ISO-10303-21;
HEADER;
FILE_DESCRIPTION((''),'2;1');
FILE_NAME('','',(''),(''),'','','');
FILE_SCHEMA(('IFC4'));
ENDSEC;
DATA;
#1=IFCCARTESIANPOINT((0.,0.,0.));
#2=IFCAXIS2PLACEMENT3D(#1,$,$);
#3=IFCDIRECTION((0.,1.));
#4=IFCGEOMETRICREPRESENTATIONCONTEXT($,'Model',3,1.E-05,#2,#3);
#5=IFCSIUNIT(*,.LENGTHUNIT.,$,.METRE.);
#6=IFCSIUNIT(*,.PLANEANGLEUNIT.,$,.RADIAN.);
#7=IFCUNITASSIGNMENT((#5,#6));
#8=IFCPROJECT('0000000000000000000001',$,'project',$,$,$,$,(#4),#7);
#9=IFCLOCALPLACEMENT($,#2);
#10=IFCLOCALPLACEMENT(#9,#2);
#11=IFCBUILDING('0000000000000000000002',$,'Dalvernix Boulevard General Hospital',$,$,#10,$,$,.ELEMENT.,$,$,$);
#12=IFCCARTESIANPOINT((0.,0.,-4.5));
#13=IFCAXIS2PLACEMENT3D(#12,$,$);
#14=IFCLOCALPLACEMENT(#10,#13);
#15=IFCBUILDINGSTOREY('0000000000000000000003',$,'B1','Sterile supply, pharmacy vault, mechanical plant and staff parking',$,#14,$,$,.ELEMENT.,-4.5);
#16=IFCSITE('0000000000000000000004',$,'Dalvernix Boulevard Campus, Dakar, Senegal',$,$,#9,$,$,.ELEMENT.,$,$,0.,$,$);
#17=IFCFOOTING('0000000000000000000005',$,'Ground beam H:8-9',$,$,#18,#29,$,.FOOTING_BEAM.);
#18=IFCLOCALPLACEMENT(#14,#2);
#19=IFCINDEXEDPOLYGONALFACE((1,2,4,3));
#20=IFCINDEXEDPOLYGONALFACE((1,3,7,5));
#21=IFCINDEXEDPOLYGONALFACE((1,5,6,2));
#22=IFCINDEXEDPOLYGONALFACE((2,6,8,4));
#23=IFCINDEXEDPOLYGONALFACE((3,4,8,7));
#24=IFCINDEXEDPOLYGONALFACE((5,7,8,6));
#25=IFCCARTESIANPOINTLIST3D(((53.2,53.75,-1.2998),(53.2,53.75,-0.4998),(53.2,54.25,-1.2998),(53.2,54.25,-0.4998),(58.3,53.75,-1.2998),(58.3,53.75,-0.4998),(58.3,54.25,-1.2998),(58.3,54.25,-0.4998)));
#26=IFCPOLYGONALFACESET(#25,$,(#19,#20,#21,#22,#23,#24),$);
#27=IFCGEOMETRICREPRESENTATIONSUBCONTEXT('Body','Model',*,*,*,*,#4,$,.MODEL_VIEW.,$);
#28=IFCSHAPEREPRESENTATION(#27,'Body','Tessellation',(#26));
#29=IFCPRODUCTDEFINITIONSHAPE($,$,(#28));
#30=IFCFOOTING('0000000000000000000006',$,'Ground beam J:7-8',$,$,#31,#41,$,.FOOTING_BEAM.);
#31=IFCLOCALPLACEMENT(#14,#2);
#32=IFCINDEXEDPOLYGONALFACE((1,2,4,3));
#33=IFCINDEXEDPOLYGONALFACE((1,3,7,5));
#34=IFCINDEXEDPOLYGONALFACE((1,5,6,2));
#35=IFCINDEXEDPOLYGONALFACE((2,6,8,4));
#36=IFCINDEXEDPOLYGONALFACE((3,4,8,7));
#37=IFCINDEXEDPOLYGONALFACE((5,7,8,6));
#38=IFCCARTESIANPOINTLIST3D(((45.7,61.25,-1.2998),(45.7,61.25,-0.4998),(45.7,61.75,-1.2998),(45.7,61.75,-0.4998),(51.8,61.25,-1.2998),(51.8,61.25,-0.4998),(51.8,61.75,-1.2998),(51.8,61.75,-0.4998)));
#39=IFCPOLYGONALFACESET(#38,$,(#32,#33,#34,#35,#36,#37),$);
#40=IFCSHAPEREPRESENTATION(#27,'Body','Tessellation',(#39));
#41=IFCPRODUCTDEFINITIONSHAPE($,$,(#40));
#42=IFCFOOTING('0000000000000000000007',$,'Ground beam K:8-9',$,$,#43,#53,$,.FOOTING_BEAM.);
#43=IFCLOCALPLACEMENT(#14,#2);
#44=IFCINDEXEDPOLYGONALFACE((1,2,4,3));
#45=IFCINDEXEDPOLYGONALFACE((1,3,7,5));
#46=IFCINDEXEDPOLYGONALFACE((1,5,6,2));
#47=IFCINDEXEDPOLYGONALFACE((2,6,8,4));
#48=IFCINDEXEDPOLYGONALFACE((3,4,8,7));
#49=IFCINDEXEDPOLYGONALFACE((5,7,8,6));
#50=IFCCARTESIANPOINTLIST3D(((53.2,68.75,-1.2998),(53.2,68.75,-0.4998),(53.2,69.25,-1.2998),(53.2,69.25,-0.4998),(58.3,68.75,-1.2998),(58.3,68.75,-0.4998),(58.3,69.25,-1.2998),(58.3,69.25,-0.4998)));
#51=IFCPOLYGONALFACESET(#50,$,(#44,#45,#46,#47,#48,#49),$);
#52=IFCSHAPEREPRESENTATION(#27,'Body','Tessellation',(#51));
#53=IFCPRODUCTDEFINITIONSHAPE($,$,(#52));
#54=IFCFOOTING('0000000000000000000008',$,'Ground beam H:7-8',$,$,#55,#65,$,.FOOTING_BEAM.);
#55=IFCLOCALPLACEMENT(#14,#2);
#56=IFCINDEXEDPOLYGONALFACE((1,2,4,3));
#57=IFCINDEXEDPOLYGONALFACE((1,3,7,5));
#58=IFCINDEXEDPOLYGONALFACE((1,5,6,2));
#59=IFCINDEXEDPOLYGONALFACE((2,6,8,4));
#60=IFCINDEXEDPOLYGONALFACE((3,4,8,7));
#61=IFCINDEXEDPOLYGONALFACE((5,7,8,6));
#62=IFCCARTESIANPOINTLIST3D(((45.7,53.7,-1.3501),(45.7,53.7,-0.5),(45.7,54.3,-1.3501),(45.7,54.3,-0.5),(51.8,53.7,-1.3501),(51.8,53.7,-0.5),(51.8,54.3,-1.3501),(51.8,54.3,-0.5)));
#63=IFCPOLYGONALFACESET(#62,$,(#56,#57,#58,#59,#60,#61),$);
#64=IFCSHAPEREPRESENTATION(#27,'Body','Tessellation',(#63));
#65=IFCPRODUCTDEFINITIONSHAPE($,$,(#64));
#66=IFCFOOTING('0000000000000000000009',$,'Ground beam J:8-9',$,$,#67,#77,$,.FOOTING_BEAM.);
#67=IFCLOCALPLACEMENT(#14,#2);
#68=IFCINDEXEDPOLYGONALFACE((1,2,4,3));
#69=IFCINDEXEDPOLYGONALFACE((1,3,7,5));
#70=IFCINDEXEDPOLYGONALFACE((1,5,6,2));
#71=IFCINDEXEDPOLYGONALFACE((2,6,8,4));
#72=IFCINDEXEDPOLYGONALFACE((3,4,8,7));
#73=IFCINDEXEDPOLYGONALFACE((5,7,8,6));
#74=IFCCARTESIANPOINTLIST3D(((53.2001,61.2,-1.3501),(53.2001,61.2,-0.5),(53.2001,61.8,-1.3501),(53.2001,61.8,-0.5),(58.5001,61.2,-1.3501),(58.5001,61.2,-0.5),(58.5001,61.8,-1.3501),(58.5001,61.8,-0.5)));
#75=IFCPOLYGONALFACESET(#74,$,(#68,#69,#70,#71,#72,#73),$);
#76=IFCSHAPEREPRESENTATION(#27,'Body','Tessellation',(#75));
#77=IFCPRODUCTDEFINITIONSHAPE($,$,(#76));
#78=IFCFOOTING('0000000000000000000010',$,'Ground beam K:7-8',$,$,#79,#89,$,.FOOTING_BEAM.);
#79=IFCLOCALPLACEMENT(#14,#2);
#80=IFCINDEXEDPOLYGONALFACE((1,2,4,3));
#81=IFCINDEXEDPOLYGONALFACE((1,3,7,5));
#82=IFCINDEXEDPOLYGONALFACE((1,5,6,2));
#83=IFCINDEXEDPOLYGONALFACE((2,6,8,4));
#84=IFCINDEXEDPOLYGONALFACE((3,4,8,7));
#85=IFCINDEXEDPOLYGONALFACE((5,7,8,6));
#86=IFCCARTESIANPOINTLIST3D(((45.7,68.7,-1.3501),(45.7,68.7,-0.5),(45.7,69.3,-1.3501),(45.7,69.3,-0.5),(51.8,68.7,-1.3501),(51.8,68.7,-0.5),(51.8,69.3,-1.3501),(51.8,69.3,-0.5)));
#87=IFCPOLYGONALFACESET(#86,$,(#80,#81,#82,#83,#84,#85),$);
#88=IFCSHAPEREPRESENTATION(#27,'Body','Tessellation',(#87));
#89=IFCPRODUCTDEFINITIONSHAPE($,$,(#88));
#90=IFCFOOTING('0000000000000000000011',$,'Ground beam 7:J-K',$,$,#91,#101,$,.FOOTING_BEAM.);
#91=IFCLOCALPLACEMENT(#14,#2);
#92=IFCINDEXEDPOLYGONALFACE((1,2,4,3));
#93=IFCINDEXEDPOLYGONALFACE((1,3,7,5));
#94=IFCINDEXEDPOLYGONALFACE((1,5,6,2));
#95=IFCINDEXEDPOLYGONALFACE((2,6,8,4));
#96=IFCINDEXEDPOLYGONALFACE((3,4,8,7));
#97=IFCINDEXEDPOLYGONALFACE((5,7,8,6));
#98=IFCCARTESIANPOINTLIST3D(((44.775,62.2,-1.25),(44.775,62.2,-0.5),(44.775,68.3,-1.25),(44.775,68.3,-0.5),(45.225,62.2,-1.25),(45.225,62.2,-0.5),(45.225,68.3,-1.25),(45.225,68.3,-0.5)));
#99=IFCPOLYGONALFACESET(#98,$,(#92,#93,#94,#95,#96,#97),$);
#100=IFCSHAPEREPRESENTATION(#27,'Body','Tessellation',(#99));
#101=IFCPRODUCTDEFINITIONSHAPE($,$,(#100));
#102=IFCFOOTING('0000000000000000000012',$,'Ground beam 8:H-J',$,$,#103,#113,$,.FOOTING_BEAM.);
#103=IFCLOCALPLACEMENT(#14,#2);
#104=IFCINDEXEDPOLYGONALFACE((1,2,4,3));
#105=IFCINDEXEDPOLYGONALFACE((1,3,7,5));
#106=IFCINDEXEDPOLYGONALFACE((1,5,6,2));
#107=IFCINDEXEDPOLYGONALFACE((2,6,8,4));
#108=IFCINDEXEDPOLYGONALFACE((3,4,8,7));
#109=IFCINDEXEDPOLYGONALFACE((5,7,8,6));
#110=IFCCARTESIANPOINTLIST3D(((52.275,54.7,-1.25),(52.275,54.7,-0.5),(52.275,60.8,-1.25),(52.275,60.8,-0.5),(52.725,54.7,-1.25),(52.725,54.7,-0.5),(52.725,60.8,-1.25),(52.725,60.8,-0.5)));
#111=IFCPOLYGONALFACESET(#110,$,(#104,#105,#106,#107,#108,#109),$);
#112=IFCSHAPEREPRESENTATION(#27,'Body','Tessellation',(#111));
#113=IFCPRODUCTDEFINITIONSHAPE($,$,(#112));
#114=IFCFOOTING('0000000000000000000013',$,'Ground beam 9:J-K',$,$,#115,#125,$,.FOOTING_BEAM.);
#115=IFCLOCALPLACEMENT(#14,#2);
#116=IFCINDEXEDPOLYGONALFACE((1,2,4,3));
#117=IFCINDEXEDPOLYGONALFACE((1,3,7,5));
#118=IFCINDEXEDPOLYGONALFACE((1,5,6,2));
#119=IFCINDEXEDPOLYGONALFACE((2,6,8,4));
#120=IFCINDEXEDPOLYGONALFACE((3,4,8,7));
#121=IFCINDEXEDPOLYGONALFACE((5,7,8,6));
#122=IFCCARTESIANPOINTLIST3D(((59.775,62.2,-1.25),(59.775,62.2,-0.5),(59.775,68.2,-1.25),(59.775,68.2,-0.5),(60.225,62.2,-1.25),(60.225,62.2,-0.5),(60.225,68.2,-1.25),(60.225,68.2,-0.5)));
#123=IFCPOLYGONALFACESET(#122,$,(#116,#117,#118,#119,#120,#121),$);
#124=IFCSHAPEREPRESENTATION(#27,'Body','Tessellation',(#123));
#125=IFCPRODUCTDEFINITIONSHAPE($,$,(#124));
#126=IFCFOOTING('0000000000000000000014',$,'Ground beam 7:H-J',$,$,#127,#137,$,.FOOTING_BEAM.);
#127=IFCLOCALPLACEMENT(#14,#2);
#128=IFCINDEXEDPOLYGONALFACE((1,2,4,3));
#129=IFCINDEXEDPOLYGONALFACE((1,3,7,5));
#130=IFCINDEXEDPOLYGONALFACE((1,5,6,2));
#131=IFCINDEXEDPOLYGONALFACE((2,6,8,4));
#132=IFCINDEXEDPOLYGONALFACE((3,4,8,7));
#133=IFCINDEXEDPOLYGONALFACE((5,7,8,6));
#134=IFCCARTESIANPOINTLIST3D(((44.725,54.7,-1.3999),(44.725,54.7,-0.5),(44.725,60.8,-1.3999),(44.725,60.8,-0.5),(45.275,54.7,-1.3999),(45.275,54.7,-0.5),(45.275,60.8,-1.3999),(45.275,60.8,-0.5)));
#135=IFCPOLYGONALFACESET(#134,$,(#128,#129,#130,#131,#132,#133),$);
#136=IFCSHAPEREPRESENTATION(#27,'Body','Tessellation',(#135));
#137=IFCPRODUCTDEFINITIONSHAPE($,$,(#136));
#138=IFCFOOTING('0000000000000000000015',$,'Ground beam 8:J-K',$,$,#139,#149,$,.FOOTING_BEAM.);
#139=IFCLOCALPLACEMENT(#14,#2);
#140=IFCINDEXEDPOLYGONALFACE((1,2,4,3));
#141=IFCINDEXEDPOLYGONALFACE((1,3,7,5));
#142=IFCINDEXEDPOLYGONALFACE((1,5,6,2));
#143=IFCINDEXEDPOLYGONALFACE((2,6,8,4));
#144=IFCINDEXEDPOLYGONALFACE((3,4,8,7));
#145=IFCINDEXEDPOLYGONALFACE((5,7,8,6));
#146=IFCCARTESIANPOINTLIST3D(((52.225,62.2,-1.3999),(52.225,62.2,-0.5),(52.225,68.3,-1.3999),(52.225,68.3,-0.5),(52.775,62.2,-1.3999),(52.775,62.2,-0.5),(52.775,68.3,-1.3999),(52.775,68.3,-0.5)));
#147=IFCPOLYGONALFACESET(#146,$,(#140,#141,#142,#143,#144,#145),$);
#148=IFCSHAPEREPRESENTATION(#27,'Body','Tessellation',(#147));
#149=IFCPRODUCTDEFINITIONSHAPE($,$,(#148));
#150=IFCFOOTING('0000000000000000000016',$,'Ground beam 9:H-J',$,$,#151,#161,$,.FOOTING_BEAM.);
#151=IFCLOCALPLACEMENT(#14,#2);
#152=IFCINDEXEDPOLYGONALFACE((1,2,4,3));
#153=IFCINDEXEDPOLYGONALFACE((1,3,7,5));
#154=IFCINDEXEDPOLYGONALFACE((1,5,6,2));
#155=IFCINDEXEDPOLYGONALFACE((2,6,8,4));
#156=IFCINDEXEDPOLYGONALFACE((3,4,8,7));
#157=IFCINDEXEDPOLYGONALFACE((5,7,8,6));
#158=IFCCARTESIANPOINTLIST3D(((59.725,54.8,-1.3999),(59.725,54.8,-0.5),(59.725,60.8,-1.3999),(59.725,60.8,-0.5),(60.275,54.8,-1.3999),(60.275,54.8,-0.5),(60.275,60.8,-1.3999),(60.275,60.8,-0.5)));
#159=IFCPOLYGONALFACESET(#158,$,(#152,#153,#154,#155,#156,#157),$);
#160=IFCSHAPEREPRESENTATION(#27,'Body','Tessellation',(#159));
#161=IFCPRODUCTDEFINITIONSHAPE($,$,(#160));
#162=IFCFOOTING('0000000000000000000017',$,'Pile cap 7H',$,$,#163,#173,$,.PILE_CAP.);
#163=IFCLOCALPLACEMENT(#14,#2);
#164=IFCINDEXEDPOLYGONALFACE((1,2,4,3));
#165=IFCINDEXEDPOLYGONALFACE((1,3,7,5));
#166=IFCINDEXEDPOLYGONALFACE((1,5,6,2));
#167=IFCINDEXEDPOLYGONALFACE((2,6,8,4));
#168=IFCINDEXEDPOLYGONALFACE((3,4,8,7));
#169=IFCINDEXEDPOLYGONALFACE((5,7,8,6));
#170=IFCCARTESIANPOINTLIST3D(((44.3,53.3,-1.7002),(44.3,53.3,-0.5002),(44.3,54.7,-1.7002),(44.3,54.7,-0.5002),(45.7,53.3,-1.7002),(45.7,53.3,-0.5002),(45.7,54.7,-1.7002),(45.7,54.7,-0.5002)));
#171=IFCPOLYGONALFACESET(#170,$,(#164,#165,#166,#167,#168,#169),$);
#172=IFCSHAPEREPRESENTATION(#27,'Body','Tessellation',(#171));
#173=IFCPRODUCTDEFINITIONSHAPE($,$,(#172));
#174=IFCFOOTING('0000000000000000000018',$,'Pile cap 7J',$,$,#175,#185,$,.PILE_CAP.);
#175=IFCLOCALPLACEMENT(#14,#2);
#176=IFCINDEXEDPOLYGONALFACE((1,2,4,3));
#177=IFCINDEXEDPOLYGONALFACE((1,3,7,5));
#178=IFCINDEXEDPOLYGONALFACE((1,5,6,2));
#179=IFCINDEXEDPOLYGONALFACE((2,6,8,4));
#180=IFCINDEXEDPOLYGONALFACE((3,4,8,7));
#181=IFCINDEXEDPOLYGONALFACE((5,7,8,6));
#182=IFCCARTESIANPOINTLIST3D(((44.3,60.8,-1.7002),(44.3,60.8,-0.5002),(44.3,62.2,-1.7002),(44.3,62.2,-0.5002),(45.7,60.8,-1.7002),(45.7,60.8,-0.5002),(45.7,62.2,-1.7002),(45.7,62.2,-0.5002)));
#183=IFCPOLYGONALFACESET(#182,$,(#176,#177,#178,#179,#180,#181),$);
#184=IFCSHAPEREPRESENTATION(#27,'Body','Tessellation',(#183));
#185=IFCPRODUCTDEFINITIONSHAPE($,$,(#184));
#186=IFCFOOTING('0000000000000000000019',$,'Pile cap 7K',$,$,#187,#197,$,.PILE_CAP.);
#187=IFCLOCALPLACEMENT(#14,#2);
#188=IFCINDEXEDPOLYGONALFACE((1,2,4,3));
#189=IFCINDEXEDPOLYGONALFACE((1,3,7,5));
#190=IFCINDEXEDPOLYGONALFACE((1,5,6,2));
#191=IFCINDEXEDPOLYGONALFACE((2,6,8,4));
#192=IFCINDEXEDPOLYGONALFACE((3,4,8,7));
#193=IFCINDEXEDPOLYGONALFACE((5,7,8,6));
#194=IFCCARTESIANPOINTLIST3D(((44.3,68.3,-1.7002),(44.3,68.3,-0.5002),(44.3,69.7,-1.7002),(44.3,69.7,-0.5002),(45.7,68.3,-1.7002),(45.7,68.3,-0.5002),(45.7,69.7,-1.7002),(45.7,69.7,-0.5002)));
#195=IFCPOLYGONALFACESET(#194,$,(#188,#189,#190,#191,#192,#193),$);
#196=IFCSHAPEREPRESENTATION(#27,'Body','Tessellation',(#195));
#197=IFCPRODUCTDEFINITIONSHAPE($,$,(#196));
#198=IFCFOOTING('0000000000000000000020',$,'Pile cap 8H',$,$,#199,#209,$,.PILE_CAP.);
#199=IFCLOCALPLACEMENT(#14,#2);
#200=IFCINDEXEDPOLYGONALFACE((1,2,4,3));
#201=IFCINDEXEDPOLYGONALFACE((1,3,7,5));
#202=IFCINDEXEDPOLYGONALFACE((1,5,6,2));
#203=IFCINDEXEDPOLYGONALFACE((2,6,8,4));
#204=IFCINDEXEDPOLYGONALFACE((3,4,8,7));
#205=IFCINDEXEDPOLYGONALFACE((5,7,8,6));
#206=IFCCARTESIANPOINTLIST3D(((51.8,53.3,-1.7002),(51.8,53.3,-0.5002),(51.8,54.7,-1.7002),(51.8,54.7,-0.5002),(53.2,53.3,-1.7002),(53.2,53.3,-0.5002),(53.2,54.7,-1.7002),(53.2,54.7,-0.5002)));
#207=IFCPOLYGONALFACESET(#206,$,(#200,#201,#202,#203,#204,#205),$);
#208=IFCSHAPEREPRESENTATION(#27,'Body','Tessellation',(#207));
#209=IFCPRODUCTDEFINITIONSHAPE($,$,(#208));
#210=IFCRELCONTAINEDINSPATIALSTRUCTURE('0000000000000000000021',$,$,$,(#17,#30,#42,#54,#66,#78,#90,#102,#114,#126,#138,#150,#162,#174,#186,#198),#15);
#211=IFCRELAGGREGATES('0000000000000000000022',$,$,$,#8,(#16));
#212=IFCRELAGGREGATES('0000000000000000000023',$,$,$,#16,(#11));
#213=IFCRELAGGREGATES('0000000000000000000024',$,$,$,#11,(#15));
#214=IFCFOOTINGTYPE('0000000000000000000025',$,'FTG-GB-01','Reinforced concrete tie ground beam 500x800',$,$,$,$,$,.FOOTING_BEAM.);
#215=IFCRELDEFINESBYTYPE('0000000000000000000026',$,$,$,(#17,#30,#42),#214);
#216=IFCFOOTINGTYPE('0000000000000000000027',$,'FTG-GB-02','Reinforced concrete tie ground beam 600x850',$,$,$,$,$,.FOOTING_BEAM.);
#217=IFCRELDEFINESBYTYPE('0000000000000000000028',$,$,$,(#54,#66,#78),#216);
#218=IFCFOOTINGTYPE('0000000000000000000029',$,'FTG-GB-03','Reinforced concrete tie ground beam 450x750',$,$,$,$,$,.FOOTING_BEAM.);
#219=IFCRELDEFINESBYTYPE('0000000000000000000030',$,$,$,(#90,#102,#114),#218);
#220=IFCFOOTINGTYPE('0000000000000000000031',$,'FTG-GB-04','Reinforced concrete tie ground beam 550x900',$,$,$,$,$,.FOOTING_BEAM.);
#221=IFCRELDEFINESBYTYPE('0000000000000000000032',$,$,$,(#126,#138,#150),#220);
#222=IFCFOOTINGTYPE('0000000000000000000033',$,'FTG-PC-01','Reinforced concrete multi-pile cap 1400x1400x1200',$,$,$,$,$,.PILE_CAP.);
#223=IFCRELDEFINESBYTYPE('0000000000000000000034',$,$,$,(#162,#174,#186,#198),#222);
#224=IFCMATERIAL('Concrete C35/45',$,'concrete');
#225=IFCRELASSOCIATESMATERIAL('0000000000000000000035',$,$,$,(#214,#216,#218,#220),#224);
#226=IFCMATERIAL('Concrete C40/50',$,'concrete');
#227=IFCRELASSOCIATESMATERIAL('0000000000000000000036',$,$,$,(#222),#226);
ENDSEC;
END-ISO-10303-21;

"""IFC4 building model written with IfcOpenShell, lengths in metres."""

from ifc_helpers import new_model, si_unit, direction, frame, origin, origin_2d, place, context, subcontext, project, spatial, rectangle, extrude, material, type_object, element, save


model = new_model("IFC4")

# Units and contexts
model_context = context("Model", 3, precision=1e-05, world=origin(), true_north=direction((0.0, 1.0)))
body_context = subcontext(model_context, "Body", "Model", "MODEL_VIEW")
ifc_project = project(units=[si_unit("LENGTHUNIT", "METRE"), si_unit("PLANEANGLEUNIT", "RADIAN")], contexts=[model_context])

# Site, building, storey
site_placement = place(None, origin())
site = spatial("IfcSite", under=ifc_project, at=site_placement, Name="Dalvernix Boulevard Campus, Dakar, Senegal", CompositionType="ELEMENT", RefElevation=0.0)
building_placement = place(site_placement, origin())
building = spatial("IfcBuilding", under=site, at=building_placement, Name="Dalvernix Boulevard General Hospital", CompositionType="ELEMENT")
storey_placement = place(building_placement, frame((0.0, 0.0, -4.5)))
storey = spatial("IfcBuildingStorey", under=building, at=storey_placement, Name="B1", Description="Sterile supply, pharmacy vault, mechanical plant and staff parking", CompositionType="ELEMENT", Elevation=-4.5)

# Footings
ifc_material_1 = material(Name="Concrete C35/45", Category="concrete")
footing_type_1 = type_object("IfcFootingType", Name="FTG-GB-01", Description="Reinforced concrete tie ground beam 500x800", PredefinedType="FOOTING_BEAM", material=ifc_material_1)
footing_1_placement = place(storey_placement, frame((55.75, 54.0, -1.2998), z_axis=(0.0, 0.0, 1.0), x_axis=(1.0, 0.0, 0.0)))
element("IfcFooting", 1, at=footing_1_placement, inside=storey, type_object=footing_type_1, Name="Ground beam H:8-9", PredefinedType="FOOTING_BEAM", context=body_context, shape_type="SweptSolid", body=[
    extrude(rectangle(XDim=5.1001, YDim=0.5, at=origin_2d()), origin(), (0.0, 0.0, 1.0), 0.8),
])
footing_2_placement = place(storey_placement, frame((48.75, 61.5, -1.2998), z_axis=(0.0, 0.0, 1.0), x_axis=(1.0, 0.0, 0.0)))
element("IfcFooting", 2, at=footing_2_placement, inside=storey, type_object=footing_type_1, Name="Ground beam J:7-8", PredefinedType="FOOTING_BEAM", context=body_context, shape_type="SweptSolid", body=[
    extrude(rectangle(XDim=6.1001, YDim=0.5, at=origin_2d()), origin(), (0.0, 0.0, 1.0), 0.8),
])
footing_3_placement = place(storey_placement, frame((55.75, 69.0, -1.2998), z_axis=(0.0, 0.0, 1.0), x_axis=(1.0, 0.0, 0.0)))
element("IfcFooting", 3, at=footing_3_placement, inside=storey, type_object=footing_type_1, Name="Ground beam K:8-9", PredefinedType="FOOTING_BEAM", context=body_context, shape_type="SweptSolid", body=[
    extrude(rectangle(XDim=5.1001, YDim=0.5, at=origin_2d()), origin(), (0.0, 0.0, 1.0), 0.8),
])
footing_type_2 = type_object("IfcFootingType", Name="FTG-GB-02", Description="Reinforced concrete tie ground beam 600x850", PredefinedType="FOOTING_BEAM", material=ifc_material_1)
footing_4_placement = place(storey_placement, frame((48.75, 54.0, -1.3501), z_axis=(0.0, 0.0, 1.0), x_axis=(1.0, 0.0, 0.0)))
element("IfcFooting", 4, at=footing_4_placement, inside=storey, type_object=footing_type_2, Name="Ground beam H:7-8", PredefinedType="FOOTING_BEAM", context=body_context, shape_type="SweptSolid", body=[
    extrude(rectangle(XDim=6.1001, YDim=0.6001, at=origin_2d()), origin(), (0.0, 0.0, 1.0), 0.8501),
])
footing_5_placement = place(storey_placement, frame((55.8501, 61.5, -1.3501), z_axis=(0.0, 0.0, 1.0), x_axis=(1.0, 0.0, 0.0)))
element("IfcFooting", 5, at=footing_5_placement, inside=storey, type_object=footing_type_2, Name="Ground beam J:8-9", PredefinedType="FOOTING_BEAM", context=body_context, shape_type="SweptSolid", body=[
    extrude(rectangle(XDim=5.3, YDim=0.6001, at=origin_2d()), origin(), (0.0, 0.0, 1.0), 0.8501),
])
footing_6_placement = place(storey_placement, frame((48.75, 69.0, -1.3501), z_axis=(0.0, 0.0, 1.0), x_axis=(1.0, 0.0, 0.0)))
element("IfcFooting", 6, at=footing_6_placement, inside=storey, type_object=footing_type_2, Name="Ground beam K:7-8", PredefinedType="FOOTING_BEAM", context=body_context, shape_type="SweptSolid", body=[
    extrude(rectangle(XDim=6.1001, YDim=0.6001, at=origin_2d()), origin(), (0.0, 0.0, 1.0), 0.8501),
])
footing_type_3 = type_object("IfcFootingType", Name="FTG-GB-03", Description="Reinforced concrete tie ground beam 450x750", PredefinedType="FOOTING_BEAM", material=ifc_material_1)
for number, where, z_axis, x_axis, name in (
    (7, (45.0, 65.25, -1.25), (0.0, 0.0, 1.0), (0.0, 1.0, 0.0), "Ground beam 7:J-K"),
    (8, (52.5, 57.75, -1.25), (0.0, 0.0, 1.0), (0.0, 1.0, 0.0), "Ground beam 8:H-J"),
):
    element("IfcFooting", number, at=place(storey_placement, frame(where, z_axis=z_axis, x_axis=x_axis)), inside=storey, type_object=footing_type_3, Name=name, PredefinedType="FOOTING_BEAM", context=body_context, shape_type="SweptSolid", body=[
        extrude(rectangle(XDim=6.1001, YDim=0.45, at=origin_2d()), origin(), (0.0, 0.0, 1.0), 0.75),
    ])
footing_7_placement = place(storey_placement, frame((60.0, 65.2, -1.25), z_axis=(0.0, 0.0, 1.0), x_axis=(0.0, 1.0, 0.0)))
element("IfcFooting", 9, at=footing_7_placement, inside=storey, type_object=footing_type_3, Name="Ground beam 9:J-K", PredefinedType="FOOTING_BEAM", context=body_context, shape_type="SweptSolid", body=[
    extrude(rectangle(XDim=6.0, YDim=0.45, at=origin_2d()), origin(), (0.0, 0.0, 1.0), 0.75),
])
footing_type_4 = type_object("IfcFootingType", Name="FTG-GB-04", Description="Reinforced concrete tie ground beam 550x900", PredefinedType="FOOTING_BEAM", material=ifc_material_1)
for number, where, z_axis, x_axis, name in (
    (10, (45.0, 57.75, -1.3999), (0.0, 0.0, 1.0), (0.0, 1.0, 0.0), "Ground beam 7:H-J"),
    (11, (52.5, 65.25, -1.3999), (0.0, 0.0, 1.0), (0.0, 1.0, 0.0), "Ground beam 8:J-K"),
):
    element("IfcFooting", number, at=place(storey_placement, frame(where, z_axis=z_axis, x_axis=x_axis)), inside=storey, type_object=footing_type_4, Name=name, PredefinedType="FOOTING_BEAM", context=body_context, shape_type="SweptSolid", body=[
        extrude(rectangle(XDim=6.1001, YDim=0.55, at=origin_2d()), origin(), (0.0, 0.0, 1.0), 0.8999),
    ])
footing_8_placement = place(storey_placement, frame((60.0, 57.8, -1.3999), z_axis=(0.0, 0.0, 1.0), x_axis=(0.0, 1.0, 0.0)))
element("IfcFooting", 12, at=footing_8_placement, inside=storey, type_object=footing_type_4, Name="Ground beam 9:H-J", PredefinedType="FOOTING_BEAM", context=body_context, shape_type="SweptSolid", body=[
    extrude(rectangle(XDim=6.0, YDim=0.55, at=origin_2d()), origin(), (0.0, 0.0, 1.0), 0.8999),
])
ifc_material_2 = material(Name="Concrete C40/50", Category="concrete")
footing_type_5 = type_object("IfcFootingType", Name="FTG-PC-01", Description="Reinforced concrete multi-pile cap 1400x1400x1200", PredefinedType="PILE_CAP", material=ifc_material_2)
for number, where, z_axis, x_axis, name in (
    (13, (45.0, 54.0, -1.7002), (0.0, 0.0, 1.0), (1.0, 0.0, 0.0), "Pile cap 7H"),
    (14, (45.0, 61.5, -1.7002), (0.0, 0.0, 1.0), (1.0, 0.0, 0.0), "Pile cap 7J"),
    (15, (45.0, 69.0, -1.7002), (0.0, 0.0, 1.0), (1.0, 0.0, 0.0), "Pile cap 7K"),
    (16, (52.5, 54.0, -1.7002), (0.0, 0.0, 1.0), (1.0, 0.0, 0.0), "Pile cap 8H"),
):
    element("IfcFooting", number, at=place(storey_placement, frame(where, z_axis=z_axis, x_axis=x_axis)), inside=storey, type_object=footing_type_5, Name=name, PredefinedType="PILE_CAP", context=body_context, shape_type="SweptSolid", body=[
        extrude(rectangle(XDim=1.3999, YDim=1.3999, at=origin_2d()), origin(), (0.0, 0.0, 1.0), 1.2),
    ])

save(model, "model.ifc")
